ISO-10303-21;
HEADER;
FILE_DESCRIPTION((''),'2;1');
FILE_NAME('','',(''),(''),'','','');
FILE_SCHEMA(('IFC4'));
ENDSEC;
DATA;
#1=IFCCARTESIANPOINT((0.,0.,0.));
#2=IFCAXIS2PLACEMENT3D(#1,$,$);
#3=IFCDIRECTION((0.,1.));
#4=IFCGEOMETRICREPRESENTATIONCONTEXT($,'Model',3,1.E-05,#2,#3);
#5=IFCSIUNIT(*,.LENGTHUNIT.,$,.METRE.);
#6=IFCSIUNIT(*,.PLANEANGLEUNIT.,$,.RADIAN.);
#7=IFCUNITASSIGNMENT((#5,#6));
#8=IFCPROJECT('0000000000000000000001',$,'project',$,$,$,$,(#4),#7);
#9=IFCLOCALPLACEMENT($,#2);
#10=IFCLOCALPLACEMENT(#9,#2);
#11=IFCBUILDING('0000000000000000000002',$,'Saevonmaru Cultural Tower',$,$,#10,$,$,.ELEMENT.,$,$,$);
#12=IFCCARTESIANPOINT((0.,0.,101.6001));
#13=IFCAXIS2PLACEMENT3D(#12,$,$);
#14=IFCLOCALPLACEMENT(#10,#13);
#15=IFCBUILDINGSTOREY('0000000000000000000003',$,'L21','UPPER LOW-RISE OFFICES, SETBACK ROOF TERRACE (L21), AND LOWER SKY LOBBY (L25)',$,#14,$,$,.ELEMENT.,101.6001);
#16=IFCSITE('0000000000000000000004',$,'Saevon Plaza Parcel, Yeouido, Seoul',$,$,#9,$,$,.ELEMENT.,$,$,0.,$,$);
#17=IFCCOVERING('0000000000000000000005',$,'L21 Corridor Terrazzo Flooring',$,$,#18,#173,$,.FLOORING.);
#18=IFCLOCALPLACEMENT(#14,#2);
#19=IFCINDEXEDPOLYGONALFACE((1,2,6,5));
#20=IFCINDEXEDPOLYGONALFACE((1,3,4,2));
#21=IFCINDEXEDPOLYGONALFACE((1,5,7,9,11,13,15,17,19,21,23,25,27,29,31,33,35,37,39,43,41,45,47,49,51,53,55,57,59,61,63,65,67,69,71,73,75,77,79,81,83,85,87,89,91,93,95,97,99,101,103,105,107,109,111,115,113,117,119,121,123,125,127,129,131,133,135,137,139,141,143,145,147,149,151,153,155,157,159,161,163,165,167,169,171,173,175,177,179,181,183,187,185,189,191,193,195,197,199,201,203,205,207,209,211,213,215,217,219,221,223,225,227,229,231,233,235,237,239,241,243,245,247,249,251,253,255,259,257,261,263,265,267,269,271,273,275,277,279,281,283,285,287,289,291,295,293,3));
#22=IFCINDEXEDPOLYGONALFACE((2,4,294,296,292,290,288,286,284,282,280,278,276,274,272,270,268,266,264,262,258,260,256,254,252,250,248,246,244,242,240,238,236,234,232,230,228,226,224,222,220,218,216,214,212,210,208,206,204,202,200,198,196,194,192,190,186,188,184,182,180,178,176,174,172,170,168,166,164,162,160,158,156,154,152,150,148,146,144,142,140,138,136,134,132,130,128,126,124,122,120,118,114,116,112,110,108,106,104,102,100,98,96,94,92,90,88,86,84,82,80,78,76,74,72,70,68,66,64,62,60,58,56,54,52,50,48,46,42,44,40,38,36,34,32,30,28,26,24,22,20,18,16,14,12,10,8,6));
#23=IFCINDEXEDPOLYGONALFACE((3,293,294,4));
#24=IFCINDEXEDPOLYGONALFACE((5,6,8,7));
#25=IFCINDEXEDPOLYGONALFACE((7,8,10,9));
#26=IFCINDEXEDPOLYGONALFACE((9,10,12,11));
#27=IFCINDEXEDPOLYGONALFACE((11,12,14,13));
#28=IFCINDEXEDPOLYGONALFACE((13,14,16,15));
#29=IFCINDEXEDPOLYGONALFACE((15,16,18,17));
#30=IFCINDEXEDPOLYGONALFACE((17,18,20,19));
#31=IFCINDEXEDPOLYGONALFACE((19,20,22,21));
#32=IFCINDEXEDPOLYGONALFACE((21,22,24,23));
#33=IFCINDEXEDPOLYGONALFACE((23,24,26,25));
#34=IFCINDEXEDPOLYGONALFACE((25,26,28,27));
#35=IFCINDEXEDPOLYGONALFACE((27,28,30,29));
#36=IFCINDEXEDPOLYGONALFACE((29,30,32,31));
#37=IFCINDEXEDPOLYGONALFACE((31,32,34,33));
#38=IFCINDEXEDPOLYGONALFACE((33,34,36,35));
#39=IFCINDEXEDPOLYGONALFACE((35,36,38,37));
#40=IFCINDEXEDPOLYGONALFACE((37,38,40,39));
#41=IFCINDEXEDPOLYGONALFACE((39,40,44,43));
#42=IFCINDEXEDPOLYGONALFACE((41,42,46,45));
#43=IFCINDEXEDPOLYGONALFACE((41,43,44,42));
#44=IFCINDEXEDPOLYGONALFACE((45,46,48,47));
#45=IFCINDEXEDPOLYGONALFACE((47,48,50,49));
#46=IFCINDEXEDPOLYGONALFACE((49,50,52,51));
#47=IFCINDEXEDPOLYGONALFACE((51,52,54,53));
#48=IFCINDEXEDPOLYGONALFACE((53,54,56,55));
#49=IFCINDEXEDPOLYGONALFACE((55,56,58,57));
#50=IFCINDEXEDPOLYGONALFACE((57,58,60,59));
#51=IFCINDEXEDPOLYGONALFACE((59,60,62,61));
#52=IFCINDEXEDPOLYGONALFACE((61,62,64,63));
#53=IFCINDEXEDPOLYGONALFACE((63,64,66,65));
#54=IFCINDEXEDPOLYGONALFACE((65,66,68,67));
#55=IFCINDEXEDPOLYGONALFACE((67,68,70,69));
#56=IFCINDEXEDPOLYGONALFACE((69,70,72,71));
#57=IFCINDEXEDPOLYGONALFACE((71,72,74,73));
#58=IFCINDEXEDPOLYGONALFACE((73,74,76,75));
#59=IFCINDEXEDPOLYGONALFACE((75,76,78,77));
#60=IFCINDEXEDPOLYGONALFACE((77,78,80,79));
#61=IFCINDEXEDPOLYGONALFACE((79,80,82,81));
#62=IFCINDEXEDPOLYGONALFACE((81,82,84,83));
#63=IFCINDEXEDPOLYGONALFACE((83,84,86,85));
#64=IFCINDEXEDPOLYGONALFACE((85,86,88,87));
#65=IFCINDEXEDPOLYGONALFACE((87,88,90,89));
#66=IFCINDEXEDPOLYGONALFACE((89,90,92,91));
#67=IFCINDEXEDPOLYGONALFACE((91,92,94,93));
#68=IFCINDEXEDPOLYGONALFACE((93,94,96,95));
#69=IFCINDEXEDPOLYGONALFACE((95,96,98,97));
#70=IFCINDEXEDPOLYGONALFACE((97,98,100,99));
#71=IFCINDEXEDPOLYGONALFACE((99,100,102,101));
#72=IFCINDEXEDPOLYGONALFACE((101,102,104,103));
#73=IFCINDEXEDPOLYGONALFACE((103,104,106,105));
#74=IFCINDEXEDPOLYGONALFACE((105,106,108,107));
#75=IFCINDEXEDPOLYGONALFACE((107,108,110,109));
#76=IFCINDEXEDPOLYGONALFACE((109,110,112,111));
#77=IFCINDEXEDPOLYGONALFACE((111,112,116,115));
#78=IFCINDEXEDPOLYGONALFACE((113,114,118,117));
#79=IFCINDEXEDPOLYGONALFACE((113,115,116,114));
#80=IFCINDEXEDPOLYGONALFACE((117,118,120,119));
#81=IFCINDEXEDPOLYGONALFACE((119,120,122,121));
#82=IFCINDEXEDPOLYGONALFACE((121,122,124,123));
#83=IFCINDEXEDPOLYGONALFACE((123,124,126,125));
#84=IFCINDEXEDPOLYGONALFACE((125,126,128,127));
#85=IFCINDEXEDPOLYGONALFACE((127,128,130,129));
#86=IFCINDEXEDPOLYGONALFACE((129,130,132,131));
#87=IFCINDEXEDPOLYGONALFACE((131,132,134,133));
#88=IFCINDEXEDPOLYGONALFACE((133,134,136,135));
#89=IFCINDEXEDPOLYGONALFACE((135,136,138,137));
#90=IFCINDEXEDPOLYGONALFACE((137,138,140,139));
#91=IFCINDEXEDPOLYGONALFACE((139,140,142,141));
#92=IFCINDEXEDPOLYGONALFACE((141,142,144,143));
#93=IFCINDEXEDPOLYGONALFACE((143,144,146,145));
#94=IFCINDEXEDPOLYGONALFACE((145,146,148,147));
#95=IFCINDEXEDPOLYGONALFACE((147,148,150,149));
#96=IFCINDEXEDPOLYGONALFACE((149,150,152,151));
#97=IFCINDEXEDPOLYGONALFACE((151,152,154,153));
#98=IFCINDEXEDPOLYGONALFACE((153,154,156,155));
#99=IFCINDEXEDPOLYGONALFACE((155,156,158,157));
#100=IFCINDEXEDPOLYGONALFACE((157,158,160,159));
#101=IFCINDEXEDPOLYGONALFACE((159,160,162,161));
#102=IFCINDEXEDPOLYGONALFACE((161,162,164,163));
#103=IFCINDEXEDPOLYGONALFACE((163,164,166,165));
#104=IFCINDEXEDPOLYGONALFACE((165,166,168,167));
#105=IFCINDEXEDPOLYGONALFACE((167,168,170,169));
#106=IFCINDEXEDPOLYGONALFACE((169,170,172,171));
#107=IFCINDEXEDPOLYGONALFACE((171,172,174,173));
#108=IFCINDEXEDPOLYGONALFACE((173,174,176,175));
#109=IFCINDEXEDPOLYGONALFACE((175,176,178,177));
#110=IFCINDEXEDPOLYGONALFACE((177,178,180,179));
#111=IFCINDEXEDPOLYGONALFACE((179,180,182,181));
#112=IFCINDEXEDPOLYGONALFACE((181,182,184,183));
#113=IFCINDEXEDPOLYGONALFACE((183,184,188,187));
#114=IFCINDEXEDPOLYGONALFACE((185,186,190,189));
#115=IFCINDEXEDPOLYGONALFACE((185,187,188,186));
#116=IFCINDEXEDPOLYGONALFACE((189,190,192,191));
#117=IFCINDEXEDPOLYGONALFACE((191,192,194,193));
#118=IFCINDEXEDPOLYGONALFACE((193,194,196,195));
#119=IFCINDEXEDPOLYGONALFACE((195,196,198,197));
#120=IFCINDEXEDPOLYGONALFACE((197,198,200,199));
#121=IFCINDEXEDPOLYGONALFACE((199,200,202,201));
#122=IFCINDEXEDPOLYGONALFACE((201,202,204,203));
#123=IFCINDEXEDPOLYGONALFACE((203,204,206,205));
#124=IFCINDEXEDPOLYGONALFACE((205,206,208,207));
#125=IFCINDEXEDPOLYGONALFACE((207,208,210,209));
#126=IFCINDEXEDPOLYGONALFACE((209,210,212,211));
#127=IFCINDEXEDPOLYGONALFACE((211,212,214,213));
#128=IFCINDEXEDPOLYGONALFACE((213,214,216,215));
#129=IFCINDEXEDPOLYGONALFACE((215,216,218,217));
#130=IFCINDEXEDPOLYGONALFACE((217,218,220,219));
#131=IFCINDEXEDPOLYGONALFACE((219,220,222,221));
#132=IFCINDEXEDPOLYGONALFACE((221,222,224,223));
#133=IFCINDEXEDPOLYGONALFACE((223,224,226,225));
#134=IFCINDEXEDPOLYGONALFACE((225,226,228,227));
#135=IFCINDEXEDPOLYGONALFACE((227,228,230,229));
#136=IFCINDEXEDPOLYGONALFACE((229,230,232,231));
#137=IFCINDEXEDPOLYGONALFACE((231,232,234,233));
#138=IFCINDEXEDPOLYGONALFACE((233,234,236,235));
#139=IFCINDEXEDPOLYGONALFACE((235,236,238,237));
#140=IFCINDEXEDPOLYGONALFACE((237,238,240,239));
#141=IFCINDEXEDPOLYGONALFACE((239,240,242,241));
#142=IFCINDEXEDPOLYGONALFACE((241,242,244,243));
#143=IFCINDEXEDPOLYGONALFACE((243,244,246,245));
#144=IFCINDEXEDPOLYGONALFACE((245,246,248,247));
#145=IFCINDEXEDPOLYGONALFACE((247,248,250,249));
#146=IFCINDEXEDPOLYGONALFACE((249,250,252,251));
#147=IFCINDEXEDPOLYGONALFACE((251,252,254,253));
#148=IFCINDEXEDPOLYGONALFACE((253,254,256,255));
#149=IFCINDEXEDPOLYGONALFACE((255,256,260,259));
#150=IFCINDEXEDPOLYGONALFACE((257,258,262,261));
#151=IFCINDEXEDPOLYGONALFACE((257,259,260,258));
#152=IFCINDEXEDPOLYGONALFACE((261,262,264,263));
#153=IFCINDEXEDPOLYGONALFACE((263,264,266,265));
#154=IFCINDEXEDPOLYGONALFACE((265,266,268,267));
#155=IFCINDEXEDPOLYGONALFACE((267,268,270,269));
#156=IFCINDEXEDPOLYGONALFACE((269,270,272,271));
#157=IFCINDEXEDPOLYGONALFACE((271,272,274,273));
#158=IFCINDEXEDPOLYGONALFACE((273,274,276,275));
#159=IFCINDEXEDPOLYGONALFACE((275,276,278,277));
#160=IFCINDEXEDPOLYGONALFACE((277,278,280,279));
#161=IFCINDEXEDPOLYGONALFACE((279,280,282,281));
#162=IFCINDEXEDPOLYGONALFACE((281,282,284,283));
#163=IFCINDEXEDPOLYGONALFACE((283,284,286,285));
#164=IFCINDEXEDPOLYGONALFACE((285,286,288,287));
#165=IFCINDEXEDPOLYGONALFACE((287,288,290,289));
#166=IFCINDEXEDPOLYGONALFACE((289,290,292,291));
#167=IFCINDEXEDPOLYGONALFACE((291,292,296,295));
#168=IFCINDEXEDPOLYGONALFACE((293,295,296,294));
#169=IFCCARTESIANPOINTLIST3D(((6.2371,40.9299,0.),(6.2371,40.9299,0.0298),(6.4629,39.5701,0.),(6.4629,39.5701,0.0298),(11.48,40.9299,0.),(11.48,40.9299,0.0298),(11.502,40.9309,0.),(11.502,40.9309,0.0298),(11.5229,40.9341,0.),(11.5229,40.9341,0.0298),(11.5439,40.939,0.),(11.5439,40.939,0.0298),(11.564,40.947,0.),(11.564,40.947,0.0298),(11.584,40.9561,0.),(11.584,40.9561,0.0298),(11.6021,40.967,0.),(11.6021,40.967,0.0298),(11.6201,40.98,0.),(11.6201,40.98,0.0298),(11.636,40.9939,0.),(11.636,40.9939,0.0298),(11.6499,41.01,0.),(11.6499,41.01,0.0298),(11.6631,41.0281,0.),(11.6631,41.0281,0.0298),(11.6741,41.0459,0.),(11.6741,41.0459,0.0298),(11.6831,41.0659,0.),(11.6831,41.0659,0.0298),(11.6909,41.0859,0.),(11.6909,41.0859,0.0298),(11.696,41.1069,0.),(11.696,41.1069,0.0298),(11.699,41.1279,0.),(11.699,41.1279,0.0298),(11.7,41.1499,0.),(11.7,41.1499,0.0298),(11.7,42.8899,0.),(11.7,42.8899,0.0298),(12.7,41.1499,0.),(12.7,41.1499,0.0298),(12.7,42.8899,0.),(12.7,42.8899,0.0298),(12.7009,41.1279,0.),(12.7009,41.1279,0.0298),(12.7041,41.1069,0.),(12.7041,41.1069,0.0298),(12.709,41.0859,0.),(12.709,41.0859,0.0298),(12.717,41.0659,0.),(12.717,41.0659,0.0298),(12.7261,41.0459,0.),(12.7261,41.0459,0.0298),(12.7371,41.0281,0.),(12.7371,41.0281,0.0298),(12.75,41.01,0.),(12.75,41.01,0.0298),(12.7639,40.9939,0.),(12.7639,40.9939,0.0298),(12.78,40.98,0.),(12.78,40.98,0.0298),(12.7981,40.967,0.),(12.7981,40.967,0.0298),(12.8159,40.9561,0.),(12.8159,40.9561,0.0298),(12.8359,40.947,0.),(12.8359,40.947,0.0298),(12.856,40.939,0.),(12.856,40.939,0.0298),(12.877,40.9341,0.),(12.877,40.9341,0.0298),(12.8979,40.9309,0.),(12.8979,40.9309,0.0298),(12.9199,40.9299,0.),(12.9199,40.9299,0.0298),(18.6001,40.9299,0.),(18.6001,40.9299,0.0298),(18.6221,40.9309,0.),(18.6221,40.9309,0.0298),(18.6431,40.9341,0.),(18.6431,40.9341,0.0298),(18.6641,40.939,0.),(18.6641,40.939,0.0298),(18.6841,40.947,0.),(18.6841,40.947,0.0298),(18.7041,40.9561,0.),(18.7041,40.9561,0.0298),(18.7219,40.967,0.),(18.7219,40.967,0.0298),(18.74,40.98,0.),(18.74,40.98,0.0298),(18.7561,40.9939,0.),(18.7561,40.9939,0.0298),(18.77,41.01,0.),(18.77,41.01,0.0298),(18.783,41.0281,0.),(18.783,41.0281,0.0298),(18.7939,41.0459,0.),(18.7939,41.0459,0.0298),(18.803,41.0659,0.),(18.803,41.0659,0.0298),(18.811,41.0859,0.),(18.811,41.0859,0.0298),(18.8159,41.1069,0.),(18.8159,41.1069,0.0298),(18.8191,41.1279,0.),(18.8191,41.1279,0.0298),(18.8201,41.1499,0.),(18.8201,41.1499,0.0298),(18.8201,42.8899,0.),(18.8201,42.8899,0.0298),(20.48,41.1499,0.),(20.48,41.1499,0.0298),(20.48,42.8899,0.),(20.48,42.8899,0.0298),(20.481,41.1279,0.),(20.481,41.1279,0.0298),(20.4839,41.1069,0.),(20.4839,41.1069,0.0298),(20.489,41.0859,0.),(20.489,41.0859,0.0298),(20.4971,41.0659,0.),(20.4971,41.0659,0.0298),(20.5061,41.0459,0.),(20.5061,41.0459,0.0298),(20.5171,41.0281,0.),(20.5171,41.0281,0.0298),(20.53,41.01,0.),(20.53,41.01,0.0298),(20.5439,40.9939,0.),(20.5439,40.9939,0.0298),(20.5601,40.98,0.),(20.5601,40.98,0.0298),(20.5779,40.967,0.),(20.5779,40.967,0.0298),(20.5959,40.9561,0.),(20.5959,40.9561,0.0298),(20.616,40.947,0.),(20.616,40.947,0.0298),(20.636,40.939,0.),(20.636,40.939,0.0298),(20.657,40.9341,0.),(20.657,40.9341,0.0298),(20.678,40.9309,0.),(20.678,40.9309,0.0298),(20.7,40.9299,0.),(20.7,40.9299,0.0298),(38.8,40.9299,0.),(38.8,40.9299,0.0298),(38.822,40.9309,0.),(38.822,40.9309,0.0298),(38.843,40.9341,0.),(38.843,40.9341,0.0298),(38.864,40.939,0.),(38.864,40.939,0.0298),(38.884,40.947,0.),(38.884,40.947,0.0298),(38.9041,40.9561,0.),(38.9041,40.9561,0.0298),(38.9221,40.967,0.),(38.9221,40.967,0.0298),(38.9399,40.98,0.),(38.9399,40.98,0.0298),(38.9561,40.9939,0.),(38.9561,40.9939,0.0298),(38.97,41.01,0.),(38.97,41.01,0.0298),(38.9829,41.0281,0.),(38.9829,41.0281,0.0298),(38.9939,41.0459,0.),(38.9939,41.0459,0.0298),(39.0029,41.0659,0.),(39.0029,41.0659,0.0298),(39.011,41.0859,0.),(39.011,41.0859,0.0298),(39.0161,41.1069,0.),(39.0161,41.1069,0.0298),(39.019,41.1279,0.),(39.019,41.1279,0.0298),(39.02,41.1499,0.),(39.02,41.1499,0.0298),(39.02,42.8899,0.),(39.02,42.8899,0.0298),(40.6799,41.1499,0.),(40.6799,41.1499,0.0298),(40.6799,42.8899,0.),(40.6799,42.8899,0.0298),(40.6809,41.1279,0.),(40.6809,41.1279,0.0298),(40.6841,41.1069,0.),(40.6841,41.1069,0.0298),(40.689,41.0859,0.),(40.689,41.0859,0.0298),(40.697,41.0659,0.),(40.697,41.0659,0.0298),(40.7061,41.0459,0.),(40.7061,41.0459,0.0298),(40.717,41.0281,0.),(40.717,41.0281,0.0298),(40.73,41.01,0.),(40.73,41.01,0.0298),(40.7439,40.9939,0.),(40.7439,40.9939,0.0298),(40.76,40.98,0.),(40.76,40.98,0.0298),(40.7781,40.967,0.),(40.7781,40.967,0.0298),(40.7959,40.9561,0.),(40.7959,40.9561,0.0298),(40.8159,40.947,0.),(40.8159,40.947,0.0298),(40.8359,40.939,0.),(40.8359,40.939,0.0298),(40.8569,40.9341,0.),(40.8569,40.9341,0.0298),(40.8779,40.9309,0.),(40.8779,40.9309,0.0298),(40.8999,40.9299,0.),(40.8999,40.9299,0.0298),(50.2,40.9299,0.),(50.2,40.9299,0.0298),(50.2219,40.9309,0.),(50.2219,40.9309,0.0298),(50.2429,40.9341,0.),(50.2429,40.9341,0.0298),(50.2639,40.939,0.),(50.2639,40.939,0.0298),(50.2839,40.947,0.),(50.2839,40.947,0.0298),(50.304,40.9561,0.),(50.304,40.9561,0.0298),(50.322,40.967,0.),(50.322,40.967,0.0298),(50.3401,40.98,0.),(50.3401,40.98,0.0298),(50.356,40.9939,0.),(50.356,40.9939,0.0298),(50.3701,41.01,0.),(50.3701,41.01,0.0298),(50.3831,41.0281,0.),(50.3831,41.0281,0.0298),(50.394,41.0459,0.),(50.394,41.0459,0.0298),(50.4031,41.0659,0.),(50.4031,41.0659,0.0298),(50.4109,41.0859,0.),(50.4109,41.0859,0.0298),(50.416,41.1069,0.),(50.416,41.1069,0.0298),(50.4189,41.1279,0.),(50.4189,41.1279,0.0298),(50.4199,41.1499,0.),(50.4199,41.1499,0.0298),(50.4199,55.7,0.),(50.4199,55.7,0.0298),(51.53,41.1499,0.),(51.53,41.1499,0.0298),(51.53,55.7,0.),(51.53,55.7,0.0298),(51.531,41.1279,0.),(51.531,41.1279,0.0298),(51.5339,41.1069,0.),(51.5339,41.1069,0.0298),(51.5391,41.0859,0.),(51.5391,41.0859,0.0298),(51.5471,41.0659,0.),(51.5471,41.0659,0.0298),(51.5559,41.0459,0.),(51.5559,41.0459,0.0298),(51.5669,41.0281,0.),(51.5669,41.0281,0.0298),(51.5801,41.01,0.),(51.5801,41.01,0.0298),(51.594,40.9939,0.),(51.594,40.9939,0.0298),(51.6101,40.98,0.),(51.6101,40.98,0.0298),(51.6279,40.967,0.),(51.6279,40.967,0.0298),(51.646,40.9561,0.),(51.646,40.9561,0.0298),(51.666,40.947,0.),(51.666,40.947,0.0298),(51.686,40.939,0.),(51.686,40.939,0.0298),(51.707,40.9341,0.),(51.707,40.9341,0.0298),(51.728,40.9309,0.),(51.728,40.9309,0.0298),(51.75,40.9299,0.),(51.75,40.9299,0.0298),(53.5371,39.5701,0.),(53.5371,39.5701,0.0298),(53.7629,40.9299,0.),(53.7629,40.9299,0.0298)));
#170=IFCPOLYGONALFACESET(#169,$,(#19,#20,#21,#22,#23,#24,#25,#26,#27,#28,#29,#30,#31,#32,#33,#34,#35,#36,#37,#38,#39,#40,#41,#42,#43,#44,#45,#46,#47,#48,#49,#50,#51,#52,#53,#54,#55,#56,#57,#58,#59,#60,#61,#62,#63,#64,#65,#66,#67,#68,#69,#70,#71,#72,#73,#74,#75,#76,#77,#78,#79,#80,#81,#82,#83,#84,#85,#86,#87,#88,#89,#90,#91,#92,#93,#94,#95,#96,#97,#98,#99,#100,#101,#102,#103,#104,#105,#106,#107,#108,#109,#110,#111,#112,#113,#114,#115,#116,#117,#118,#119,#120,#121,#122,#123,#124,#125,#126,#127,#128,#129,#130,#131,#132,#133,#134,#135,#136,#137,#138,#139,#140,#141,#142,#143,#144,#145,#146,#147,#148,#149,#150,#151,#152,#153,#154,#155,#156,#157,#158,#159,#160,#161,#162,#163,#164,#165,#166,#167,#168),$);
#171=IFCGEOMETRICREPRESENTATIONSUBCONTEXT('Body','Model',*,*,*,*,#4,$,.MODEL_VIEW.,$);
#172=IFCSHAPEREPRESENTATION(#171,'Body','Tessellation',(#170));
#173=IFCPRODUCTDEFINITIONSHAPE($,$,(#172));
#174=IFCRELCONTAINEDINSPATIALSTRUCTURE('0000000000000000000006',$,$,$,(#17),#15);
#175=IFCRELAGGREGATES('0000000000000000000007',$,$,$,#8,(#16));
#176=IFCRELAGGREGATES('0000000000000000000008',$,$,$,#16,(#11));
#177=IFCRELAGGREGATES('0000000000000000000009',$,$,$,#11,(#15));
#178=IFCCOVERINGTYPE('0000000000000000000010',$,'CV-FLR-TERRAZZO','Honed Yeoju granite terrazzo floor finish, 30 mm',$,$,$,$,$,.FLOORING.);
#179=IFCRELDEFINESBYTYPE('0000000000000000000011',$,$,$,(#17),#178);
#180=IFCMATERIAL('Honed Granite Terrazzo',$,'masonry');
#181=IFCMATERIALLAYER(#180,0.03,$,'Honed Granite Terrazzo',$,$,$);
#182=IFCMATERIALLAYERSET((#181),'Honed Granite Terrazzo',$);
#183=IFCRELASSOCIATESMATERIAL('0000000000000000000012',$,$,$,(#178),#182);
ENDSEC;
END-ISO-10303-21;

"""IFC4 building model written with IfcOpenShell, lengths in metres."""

from ifc_helpers import new_model, si_unit, direction, frame, origin, place, context, subcontext, project, spatial, polyline, outline, extrude, material, layer, layer_set, type_object, element, save


model = new_model("IFC4")

# Units and contexts
model_context = context("Model", 3, precision=1e-05, world=origin(), true_north=direction((0.0, 1.0)))
body_context = subcontext(model_context, "Body", "Model", "MODEL_VIEW")
ifc_project = project(units=[si_unit("LENGTHUNIT", "METRE"), si_unit("PLANEANGLEUNIT", "RADIAN")], contexts=[model_context])

# Site, building, storey
site_placement = place(None, origin())
site = spatial("IfcSite", under=ifc_project, at=site_placement, Name="Saevon Plaza Parcel, Yeouido, Seoul", CompositionType="ELEMENT", RefElevation=0.0)
building_placement = place(site_placement, origin())
building = spatial("IfcBuilding", under=site, at=building_placement, Name="Saevonmaru Cultural Tower", CompositionType="ELEMENT")
storey_placement = place(building_placement, frame((0.0, 0.0, 101.6001)))
storey = spatial("IfcBuildingStorey", under=building, at=storey_placement, Name="L21", Description="UPPER LOW-RISE OFFICES, SETBACK ROOF TERRACE (L21), AND LOWER SKY LOBBY (L25)", CompositionType="ELEMENT", Elevation=101.6001)

# Covering
ifc_material_1 = material(Name="Honed Granite Terrazzo", Category="masonry")
ifc_layer_1 = layer(ifc_material_1, 0.03, Name="Honed Granite Terrazzo")
ifc_layer_set_1 = layer_set([ifc_layer_1], Name="Honed Granite Terrazzo")
covering_type_1 = type_object("IfcCoveringType", Name="CV-FLR-TERRAZZO", Description="Honed Yeoju granite terrazzo floor finish, 30 mm", PredefinedType="FLOORING", material=ifc_layer_set_1)
covering_1_placement = place(storey_placement, origin())
element("IfcCovering", 1, at=covering_1_placement, inside=storey, type_object=covering_type_1, Name="L21 Corridor Terrazzo Flooring", PredefinedType="FLOORING", context=body_context, shape_type="SweptSolid", body=[
    extrude(outline(polyline([(6.4629, 39.5701), (6.2371, 40.9299), (11.48, 40.9299), (11.502, 40.9309), (11.5229, 40.9341), (11.5439, 40.939), (11.564, 40.947), (11.584, 40.9561), (11.6021, 40.967), (11.6201, 40.98), (11.636, 40.9939), (11.6499, 41.01), (11.6631, 41.0281), (11.6741, 41.0459), (11.6831, 41.0659), (11.6909, 41.0859), (11.696, 41.1069), (11.699, 41.1279), (11.7, 41.1499), (11.7, 42.8899), (12.7, 42.8899), (12.7, 41.1499), (12.7009, 41.1279), (12.7041, 41.1069), (12.709, 41.0859), (12.717, 41.0659), (12.7261, 41.0459), (12.7371, 41.0281), (12.75, 41.01), (12.7639, 40.9939), (12.78, 40.98), (12.7981, 40.967), (12.8159, 40.9561), (12.8359, 40.947), (12.856, 40.939), (12.877, 40.9341), (12.8979, 40.9309), (12.9199, 40.9299), (18.6001, 40.9299), (18.6221, 40.9309), (18.6431, 40.9341), (18.6641, 40.939), (18.6841, 40.947), (18.7041, 40.9561), (18.7219, 40.967), (18.74, 40.98), (18.7561, 40.9939), (18.77, 41.01), (18.783, 41.0281), (18.7939, 41.0459), (18.803, 41.0659), (18.811, 41.0859), (18.8159, 41.1069), (18.8191, 41.1279), (18.8201, 41.1499), (18.8201, 42.8899), (20.48, 42.8899), (20.48, 41.1499), (20.481, 41.1279), (20.4839, 41.1069), (20.489, 41.0859), (20.4971, 41.0659), (20.5061, 41.0459), (20.5171, 41.0281), (20.53, 41.01), (20.5439, 40.9939), (20.5601, 40.98), (20.5779, 40.967), (20.5959, 40.9561), (20.616, 40.947), (20.636, 40.939), (20.657, 40.9341), (20.678, 40.9309), (20.7, 40.9299), (38.8, 40.9299), (38.822, 40.9309), (38.843, 40.9341), (38.864, 40.939), (38.884, 40.947), (38.9041, 40.9561), (38.9221, 40.967), (38.9399, 40.98), (38.9561, 40.9939), (38.97, 41.01), (38.9829, 41.0281), (38.9939, 41.0459), (39.0029, 41.0659), (39.011, 41.0859), (39.0161, 41.1069), (39.019, 41.1279), (39.02, 41.1499), (39.02, 42.8899), (40.6799, 42.8899), (40.6799, 41.1499), (40.6809, 41.1279), (40.6841, 41.1069), (40.689, 41.0859), (40.697, 41.0659), (40.7061, 41.0459), (40.717, 41.0281), (40.73, 41.01), (40.7439, 40.9939), (40.76, 40.98), (40.7781, 40.967), (40.7959, 40.9561), (40.8159, 40.947), (40.8359, 40.939), (40.8569, 40.9341), (40.8779, 40.9309), (40.8999, 40.9299), (50.2, 40.9299), (50.2219, 40.9309), (50.2429, 40.9341), (50.2639, 40.939), (50.2839, 40.947), (50.304, 40.9561), (50.322, 40.967), (50.3401, 40.98), (50.356, 40.9939), (50.3701, 41.01), (50.3831, 41.0281), (50.394, 41.0459), (50.4031, 41.0659), (50.4109, 41.0859), (50.416, 41.1069), (50.4189, 41.1279), (50.4199, 41.1499), (50.4199, 55.7), (51.53, 55.7), (51.53, 41.1499), (51.531, 41.1279), (51.5339, 41.1069), (51.5391, 41.0859), (51.5471, 41.0659), (51.5559, 41.0459), (51.5669, 41.0281), (51.5801, 41.01), (51.594, 40.9939), (51.6101, 40.98), (51.6279, 40.967), (51.646, 40.9561), (51.666, 40.947), (51.686, 40.939), (51.707, 40.9341), (51.728, 40.9309), (51.75, 40.9299), (53.7629, 40.9299), (53.5371, 39.5701), (6.4629, 39.5701)])), origin(), (0.0, 0.0, 1.0), 0.0298),
])

save(model, "model.ifc")
